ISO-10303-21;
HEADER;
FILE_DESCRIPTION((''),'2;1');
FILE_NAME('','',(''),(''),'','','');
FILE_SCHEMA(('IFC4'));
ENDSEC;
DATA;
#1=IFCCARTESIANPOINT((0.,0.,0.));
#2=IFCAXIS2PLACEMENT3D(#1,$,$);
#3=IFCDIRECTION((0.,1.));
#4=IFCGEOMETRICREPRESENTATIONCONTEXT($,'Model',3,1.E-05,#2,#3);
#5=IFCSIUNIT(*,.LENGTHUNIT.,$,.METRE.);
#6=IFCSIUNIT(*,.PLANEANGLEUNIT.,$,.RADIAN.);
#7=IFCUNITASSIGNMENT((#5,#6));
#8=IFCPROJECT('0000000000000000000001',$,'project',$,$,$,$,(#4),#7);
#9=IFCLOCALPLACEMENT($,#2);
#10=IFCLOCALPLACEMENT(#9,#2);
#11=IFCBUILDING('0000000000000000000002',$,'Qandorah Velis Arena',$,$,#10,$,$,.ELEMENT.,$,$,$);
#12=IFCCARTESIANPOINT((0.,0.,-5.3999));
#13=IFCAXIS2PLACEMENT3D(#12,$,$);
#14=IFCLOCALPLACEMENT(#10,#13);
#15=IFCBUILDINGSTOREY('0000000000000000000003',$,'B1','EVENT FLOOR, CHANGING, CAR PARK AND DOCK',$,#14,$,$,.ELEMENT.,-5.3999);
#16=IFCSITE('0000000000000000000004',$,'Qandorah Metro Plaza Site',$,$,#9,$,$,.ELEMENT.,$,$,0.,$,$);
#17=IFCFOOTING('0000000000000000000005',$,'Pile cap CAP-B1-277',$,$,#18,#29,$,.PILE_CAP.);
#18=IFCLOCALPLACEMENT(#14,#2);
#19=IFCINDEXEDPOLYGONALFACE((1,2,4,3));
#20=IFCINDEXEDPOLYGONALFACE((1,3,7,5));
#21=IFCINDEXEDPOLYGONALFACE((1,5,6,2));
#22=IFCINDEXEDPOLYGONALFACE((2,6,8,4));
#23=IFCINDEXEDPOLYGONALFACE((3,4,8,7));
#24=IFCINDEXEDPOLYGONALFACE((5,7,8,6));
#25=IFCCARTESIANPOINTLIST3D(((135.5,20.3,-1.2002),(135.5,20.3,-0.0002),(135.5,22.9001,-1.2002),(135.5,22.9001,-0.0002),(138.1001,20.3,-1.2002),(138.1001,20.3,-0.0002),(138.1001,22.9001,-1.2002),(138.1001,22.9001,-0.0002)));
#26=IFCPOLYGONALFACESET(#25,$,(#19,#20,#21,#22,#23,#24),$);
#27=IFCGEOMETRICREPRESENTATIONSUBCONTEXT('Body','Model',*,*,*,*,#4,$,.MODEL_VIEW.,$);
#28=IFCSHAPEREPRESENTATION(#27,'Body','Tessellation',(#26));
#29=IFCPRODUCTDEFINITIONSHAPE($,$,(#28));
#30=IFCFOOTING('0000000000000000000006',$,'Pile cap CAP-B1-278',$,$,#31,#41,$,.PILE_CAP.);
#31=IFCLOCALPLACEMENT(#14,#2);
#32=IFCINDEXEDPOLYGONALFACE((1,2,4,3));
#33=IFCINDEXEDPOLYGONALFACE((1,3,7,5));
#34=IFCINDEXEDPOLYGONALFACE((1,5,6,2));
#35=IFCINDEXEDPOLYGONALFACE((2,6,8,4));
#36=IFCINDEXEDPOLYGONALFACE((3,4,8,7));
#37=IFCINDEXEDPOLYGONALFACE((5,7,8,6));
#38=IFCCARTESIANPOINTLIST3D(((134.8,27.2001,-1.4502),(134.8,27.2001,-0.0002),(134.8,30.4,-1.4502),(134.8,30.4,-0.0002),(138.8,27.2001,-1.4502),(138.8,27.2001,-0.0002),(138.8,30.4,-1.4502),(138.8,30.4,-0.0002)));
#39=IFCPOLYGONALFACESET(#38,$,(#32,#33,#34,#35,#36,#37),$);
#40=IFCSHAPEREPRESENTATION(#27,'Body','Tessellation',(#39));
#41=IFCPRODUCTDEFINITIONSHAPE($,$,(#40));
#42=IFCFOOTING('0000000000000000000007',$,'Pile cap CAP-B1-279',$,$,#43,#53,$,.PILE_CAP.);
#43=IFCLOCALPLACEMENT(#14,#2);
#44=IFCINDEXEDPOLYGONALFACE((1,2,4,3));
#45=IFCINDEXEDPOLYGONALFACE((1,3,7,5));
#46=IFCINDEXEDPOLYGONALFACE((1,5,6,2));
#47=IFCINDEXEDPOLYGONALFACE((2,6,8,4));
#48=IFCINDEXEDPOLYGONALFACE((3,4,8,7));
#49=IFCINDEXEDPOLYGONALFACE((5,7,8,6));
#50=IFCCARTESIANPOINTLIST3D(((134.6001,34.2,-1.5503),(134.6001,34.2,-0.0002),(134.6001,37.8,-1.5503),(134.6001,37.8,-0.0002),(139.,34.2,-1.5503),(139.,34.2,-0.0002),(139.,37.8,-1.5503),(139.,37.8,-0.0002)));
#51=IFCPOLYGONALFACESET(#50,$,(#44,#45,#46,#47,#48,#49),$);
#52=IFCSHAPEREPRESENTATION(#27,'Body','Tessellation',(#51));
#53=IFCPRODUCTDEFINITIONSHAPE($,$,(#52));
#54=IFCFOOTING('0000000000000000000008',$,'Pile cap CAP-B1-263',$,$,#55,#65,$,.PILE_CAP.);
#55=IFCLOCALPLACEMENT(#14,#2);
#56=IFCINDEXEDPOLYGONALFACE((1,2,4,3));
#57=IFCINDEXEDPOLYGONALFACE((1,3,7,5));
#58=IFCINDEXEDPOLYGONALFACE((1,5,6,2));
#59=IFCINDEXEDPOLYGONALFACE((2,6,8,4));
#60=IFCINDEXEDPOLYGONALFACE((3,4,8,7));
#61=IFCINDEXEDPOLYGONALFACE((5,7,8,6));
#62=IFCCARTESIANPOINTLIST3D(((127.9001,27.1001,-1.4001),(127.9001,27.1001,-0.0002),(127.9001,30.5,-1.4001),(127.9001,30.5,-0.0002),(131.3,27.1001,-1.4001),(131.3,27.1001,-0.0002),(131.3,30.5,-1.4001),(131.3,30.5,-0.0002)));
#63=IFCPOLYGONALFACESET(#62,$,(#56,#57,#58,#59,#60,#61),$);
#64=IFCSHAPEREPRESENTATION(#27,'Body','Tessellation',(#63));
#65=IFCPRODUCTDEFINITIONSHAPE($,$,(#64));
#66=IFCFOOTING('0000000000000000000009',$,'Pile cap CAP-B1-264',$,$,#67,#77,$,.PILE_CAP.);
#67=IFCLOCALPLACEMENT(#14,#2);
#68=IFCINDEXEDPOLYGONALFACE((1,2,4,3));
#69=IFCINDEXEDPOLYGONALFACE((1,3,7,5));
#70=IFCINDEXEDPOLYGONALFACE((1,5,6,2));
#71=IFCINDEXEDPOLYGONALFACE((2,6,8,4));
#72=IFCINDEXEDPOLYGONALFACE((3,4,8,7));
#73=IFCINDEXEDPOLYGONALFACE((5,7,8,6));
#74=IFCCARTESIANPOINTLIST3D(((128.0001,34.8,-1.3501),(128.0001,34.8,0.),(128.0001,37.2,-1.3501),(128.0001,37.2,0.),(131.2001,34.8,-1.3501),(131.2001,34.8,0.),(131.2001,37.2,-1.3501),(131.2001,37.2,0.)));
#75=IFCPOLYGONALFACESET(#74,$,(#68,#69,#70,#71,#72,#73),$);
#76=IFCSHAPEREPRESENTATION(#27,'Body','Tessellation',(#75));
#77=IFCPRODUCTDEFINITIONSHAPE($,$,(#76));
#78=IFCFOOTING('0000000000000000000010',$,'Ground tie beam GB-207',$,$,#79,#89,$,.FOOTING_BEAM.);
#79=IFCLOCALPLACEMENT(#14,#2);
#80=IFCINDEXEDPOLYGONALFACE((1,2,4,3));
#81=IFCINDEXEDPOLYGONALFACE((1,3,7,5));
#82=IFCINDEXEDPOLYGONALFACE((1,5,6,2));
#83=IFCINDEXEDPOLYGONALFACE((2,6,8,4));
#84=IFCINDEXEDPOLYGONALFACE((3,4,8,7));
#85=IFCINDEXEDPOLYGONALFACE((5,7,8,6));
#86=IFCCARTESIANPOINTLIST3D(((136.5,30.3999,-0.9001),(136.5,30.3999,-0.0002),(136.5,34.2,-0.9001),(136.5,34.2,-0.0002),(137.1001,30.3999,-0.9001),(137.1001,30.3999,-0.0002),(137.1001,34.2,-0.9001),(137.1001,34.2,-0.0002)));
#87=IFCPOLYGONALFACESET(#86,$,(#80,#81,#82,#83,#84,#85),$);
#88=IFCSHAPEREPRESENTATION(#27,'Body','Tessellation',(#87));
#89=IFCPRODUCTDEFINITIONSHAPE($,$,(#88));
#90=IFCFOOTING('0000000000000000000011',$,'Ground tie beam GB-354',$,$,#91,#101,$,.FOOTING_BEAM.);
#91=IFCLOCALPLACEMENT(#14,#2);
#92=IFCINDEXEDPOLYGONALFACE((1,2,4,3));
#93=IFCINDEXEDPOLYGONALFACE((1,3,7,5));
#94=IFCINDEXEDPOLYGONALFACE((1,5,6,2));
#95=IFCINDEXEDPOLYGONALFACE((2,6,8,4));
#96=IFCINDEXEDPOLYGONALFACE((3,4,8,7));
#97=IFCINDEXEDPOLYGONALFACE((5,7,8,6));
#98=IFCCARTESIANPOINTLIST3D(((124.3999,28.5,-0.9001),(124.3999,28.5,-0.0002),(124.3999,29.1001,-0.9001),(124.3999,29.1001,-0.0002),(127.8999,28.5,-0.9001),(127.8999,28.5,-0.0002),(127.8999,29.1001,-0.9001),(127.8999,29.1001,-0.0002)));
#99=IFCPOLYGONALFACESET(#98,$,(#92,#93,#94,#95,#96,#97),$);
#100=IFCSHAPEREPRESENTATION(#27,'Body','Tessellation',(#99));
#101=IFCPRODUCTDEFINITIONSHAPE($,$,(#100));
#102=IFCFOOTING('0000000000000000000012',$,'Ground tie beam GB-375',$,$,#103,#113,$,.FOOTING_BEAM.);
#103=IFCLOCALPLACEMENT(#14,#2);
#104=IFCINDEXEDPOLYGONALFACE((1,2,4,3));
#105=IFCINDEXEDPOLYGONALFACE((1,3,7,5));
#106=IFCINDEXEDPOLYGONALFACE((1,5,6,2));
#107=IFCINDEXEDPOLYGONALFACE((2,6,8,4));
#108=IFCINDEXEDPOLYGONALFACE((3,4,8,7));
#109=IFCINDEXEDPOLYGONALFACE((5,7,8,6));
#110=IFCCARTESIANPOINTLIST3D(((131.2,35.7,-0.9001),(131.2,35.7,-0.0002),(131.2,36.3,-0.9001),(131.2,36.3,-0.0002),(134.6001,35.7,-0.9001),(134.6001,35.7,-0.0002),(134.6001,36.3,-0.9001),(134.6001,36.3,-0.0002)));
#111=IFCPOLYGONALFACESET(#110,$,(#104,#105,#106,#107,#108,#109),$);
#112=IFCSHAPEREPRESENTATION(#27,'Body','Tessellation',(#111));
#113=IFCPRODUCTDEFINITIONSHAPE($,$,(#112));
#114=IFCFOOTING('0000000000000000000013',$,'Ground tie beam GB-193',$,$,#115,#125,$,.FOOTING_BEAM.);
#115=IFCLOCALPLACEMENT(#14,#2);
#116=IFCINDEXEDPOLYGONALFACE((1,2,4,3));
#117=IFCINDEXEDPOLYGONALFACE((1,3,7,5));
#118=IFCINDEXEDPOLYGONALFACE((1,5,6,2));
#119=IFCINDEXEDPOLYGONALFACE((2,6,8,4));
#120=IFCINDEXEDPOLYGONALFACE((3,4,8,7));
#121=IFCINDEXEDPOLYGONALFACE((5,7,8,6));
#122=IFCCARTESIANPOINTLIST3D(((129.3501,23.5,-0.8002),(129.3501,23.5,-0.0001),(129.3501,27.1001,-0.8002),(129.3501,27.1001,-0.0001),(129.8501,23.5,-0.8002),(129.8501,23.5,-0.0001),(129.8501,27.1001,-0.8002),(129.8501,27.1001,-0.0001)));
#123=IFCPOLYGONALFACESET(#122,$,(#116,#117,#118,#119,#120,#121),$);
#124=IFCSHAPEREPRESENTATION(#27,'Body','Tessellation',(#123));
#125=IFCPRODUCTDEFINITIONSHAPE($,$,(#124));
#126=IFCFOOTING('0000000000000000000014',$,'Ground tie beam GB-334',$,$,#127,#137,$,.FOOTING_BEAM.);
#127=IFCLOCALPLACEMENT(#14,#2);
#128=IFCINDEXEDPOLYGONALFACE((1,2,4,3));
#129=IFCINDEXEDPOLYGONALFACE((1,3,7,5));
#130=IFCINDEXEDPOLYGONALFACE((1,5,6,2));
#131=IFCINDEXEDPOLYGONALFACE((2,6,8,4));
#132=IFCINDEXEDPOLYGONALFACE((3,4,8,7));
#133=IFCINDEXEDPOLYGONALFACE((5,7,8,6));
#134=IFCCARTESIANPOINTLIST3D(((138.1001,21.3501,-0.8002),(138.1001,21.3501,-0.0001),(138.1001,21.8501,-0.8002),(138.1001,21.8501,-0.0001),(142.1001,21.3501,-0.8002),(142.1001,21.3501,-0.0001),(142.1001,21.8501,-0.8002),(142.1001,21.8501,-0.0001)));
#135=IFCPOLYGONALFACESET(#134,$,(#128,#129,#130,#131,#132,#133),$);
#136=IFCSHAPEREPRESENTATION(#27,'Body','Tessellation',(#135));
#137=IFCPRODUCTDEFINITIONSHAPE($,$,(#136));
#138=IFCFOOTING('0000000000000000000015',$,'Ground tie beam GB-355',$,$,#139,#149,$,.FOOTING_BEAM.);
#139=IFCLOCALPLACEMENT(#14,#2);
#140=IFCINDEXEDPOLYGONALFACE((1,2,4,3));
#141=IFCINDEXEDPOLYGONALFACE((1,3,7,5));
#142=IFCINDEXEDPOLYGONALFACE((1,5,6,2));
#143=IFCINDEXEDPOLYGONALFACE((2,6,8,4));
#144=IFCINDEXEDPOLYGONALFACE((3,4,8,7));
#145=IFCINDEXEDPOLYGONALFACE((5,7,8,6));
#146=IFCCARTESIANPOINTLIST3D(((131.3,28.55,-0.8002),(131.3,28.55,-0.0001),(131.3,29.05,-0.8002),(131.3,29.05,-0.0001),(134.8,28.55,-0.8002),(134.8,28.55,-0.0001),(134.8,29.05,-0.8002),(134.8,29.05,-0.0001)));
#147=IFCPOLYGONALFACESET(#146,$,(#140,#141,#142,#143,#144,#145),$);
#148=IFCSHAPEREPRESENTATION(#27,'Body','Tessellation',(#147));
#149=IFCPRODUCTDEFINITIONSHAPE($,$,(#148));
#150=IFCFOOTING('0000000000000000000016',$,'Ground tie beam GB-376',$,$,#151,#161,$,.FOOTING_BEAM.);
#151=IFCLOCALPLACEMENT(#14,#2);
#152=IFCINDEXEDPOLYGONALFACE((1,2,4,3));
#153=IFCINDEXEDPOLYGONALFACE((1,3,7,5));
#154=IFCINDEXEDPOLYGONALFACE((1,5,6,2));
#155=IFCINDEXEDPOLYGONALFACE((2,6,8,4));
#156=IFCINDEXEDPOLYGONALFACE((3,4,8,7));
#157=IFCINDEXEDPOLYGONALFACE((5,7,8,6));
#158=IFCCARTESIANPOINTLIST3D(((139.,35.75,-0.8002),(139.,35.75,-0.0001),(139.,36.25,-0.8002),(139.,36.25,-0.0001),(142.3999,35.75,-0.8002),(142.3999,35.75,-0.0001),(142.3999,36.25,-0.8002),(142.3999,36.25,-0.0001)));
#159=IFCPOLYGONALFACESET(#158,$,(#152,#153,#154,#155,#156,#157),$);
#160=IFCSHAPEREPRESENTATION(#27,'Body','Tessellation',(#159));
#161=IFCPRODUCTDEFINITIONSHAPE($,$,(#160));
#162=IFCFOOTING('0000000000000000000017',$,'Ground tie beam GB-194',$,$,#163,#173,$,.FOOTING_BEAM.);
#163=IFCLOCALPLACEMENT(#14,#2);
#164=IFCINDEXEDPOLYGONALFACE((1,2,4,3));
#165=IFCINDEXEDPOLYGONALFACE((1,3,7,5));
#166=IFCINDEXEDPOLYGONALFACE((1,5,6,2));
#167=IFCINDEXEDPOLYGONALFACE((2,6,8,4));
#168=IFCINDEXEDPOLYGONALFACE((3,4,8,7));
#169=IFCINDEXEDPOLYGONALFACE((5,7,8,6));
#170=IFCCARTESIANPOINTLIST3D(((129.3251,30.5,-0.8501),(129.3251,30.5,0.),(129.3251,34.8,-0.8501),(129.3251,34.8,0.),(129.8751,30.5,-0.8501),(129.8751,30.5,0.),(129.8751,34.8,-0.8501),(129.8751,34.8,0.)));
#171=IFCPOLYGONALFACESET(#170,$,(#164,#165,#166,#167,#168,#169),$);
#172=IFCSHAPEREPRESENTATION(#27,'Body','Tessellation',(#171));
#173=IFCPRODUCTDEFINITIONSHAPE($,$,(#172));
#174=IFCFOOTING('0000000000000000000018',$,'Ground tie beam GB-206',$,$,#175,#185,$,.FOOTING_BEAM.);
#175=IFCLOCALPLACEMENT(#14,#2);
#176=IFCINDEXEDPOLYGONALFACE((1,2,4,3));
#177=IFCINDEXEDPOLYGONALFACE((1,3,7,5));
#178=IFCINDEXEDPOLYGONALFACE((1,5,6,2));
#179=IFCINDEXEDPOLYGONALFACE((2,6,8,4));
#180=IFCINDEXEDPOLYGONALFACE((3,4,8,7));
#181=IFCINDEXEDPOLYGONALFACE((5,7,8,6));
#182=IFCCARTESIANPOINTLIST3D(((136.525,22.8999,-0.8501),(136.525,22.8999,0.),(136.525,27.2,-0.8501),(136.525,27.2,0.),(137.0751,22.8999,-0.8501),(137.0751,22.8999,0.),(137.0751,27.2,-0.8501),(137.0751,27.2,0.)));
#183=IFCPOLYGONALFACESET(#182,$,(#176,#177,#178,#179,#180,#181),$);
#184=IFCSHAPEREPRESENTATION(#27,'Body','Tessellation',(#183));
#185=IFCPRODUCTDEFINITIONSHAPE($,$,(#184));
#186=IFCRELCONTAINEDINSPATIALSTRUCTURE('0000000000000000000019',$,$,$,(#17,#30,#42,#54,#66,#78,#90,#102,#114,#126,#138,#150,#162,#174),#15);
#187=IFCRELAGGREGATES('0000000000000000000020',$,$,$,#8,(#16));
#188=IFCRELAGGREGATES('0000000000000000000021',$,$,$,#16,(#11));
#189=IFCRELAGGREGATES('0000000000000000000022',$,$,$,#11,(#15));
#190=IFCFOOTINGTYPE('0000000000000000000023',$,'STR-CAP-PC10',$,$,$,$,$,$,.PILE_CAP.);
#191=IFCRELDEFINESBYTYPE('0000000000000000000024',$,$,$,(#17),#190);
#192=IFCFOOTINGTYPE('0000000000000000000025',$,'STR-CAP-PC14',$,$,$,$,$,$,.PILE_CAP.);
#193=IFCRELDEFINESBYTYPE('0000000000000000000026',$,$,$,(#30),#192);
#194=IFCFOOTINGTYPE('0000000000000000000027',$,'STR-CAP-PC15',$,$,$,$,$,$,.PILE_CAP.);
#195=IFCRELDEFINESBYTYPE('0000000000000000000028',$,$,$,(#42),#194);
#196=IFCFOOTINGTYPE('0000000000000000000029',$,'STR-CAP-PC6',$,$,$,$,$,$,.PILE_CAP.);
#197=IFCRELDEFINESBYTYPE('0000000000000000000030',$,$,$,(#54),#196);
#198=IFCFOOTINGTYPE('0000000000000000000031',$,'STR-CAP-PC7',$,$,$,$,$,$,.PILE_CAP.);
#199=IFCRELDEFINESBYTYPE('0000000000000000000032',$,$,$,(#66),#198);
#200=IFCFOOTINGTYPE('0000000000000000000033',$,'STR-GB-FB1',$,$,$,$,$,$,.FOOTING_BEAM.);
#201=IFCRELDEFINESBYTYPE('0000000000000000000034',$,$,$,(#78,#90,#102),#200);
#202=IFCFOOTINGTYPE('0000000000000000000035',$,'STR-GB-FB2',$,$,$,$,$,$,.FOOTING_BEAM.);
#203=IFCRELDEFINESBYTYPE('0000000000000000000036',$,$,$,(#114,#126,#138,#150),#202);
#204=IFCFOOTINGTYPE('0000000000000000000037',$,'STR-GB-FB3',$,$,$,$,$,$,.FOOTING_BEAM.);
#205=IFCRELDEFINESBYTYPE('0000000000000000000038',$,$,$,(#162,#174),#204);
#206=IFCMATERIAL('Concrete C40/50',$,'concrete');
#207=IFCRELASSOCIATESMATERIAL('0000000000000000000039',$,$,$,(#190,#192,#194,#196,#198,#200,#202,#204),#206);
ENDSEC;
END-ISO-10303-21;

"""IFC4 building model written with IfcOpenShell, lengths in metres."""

from ifc_helpers import new_model, si_unit, direction, frame, origin, origin_2d, place, context, subcontext, project, spatial, rectangle, extrude, material, material_profile, profile_set, type_object, element, save


model = new_model("IFC4")

# Units and contexts
model_context = context("Model", 3, precision=1e-05, world=origin(), true_north=direction((0.0, 1.0)))
body_context = subcontext(model_context, "Body", "Model", "MODEL_VIEW")
ifc_project = project(units=[si_unit("LENGTHUNIT", "METRE"), si_unit("PLANEANGLEUNIT", "RADIAN")], contexts=[model_context])

# Site, building, storey
site_placement = place(None, origin())
site = spatial("IfcSite", under=ifc_project, at=site_placement, Name="Qandorah Metro Plaza Site", CompositionType="ELEMENT", RefElevation=0.0)
building_placement = place(site_placement, origin())
building = spatial("IfcBuilding", under=site, at=building_placement, Name="Qandorah Velis Arena", CompositionType="ELEMENT")
storey_placement = place(building_placement, frame((0.0, 0.0, -5.3999)))
storey = spatial("IfcBuildingStorey", under=building, at=storey_placement, Name="B1", Description="EVENT FLOOR, CHANGING, CAR PARK AND DOCK", CompositionType="ELEMENT", Elevation=-5.3999)

# Footings
ifc_material_1 = material(Name="Concrete C40/50", Category="concrete")
footing_type_1 = type_object("IfcFootingType", Name="STR-CAP-PC10", PredefinedType="PILE_CAP", material=ifc_material_1)
footing_1_placement = place(storey_placement, frame((136.8, 21.6001, -1.2002), z_axis=(0.0, 0.0, 1.0), x_axis=(1.0, 0.0, 0.0)))
element("IfcFooting", 1, at=footing_1_placement, inside=storey, type_object=footing_type_1, Name="Pile cap CAP-B1-277", PredefinedType="PILE_CAP", context=body_context, shape_type="SweptSolid", body=[
    extrude(rectangle(XDim=2.6001, YDim=2.6001, at=origin_2d()), origin(), (0.0, 0.0, 1.0), 1.2),
])
footing_type_2 = type_object("IfcFootingType", Name="STR-CAP-PC14", PredefinedType="PILE_CAP", material=ifc_material_1)
footing_2_placement = place(storey_placement, frame((136.8, 28.8, -1.4502), z_axis=(0.0, 0.0, 1.0), x_axis=(1.0, 0.0, 0.0)))
element("IfcFooting", 2, at=footing_2_placement, inside=storey, type_object=footing_type_2, Name="Pile cap CAP-B1-278", PredefinedType="PILE_CAP", context=body_context, shape_type="SweptSolid", body=[
    extrude(rectangle(XDim=4.0, YDim=3.2, at=origin_2d()), origin(), (0.0, 0.0, 1.0), 1.45),
])
footing_type_3 = type_object("IfcFootingType", Name="STR-CAP-PC15", PredefinedType="PILE_CAP", material=ifc_material_1)
footing_3_placement = place(storey_placement, frame((136.8, 36.0, -1.5503), z_axis=(0.0, 0.0, 1.0), x_axis=(1.0, 0.0, 0.0)))
element("IfcFooting", 3, at=footing_3_placement, inside=storey, type_object=footing_type_3, Name="Pile cap CAP-B1-279", PredefinedType="PILE_CAP", context=body_context, shape_type="SweptSolid", body=[
    extrude(rectangle(XDim=4.3999, YDim=3.6001, at=origin_2d()), origin(), (0.0, 0.0, 1.0), 1.55),
])
footing_type_4 = type_object("IfcFootingType", Name="STR-CAP-PC6", PredefinedType="PILE_CAP", material=ifc_material_1)
footing_4_placement = place(storey_placement, frame((129.6001, 28.8, -1.4001), z_axis=(0.0, 0.0, 1.0), x_axis=(1.0, 0.0, 0.0)))
element("IfcFooting", 4, at=footing_4_placement, inside=storey, type_object=footing_type_4, Name="Pile cap CAP-B1-263", PredefinedType="PILE_CAP", context=body_context, shape_type="SweptSolid", body=[
    extrude(rectangle(XDim=3.3999, YDim=3.3999, at=origin_2d()), origin(), (0.0, 0.0, 1.0), 1.3999),
])
footing_type_5 = type_object("IfcFootingType", Name="STR-CAP-PC7", PredefinedType="PILE_CAP", material=ifc_material_1)
footing_5_placement = place(storey_placement, frame((129.6001, 36.0, -1.3501), z_axis=(0.0, 0.0, 1.0), x_axis=(1.0, 0.0, 0.0)))
element("IfcFooting", 5, at=footing_5_placement, inside=storey, type_object=footing_type_5, Name="Pile cap CAP-B1-264", PredefinedType="PILE_CAP", context=body_context, shape_type="SweptSolid", body=[
    extrude(rectangle(XDim=3.2, YDim=2.3999, at=origin_2d()), origin(), (0.0, 0.0, 1.0), 1.3501),
])
ifc_material_profile_1 = material_profile(ifc_material_1, rectangle(XDim=0.6001, YDim=0.8999, at=origin_2d()), Name="GB1 600x900")
ifc_profile_set_1 = profile_set([ifc_material_profile_1], Name="Concrete C40/50")
footing_type_6 = type_object("IfcFootingType", Name="STR-GB-FB1", PredefinedType="FOOTING_BEAM", material=ifc_profile_set_1)
footing_6_placement = place(storey_placement, frame((136.8, 30.3999, -0.4502), z_axis=(0.0, 1.0, 0.0), x_axis=(-1.0, 0.0, 0.0)))
element("IfcFooting", 6, at=footing_6_placement, inside=storey, type_object=footing_type_6, Name="Ground tie beam GB-207", PredefinedType="FOOTING_BEAM", context=body_context, shape_type="SweptSolid", body=[
    extrude(rectangle(XDim=0.6001, YDim=0.8999, at=origin_2d()), origin(), (0.0, 0.0, 1.0), 3.8),
])
footing_7_placement = place(storey_placement, frame((124.3999, 28.8, -0.4502), z_axis=(1.0, 0.0, 0.0), x_axis=(0.0, 1.0, 0.0)))
element("IfcFooting", 7, at=footing_7_placement, inside=storey, type_object=footing_type_6, Name="Ground tie beam GB-354", PredefinedType="FOOTING_BEAM", context=body_context, shape_type="SweptSolid", body=[
    extrude(rectangle(XDim=0.6001, YDim=0.8999, at=origin_2d()), origin(), (0.0, 0.0, 1.0), 3.5),
])
footing_8_placement = place(storey_placement, frame((131.2, 36.0, -0.4502), z_axis=(1.0, 0.0, 0.0), x_axis=(0.0, 1.0, 0.0)))
element("IfcFooting", 8, at=footing_8_placement, inside=storey, type_object=footing_type_6, Name="Ground tie beam GB-375", PredefinedType="FOOTING_BEAM", context=body_context, shape_type="SweptSolid", body=[
    extrude(rectangle(XDim=0.6001, YDim=0.8999, at=origin_2d()), origin(), (0.0, 0.0, 1.0), 3.4001),
])
ifc_material_profile_2 = material_profile(ifc_material_1, rectangle(XDim=0.5, YDim=0.8, at=origin_2d()), Name="GB2 500x800")
ifc_profile_set_2 = profile_set([ifc_material_profile_2], Name="Concrete C40/50")
footing_type_7 = type_object("IfcFootingType", Name="STR-GB-FB2", PredefinedType="FOOTING_BEAM", material=ifc_profile_set_2)
footing_9_placement = place(storey_placement, frame((129.6001, 23.5, -0.4001), z_axis=(0.0, 1.0, 0.0), x_axis=(-1.0, 0.0, 0.0)))
element("IfcFooting", 9, at=footing_9_placement, inside=storey, type_object=footing_type_7, Name="Ground tie beam GB-193", PredefinedType="FOOTING_BEAM", context=body_context, shape_type="SweptSolid", body=[
    extrude(rectangle(XDim=0.5, YDim=0.8, at=origin_2d()), origin(), (0.0, 0.0, 1.0), 3.6001),
])
footing_10_placement = place(storey_placement, frame((138.1001, 21.6001, -0.4001), z_axis=(1.0, 0.0, 0.0), x_axis=(0.0, 1.0, 0.0)))
element("IfcFooting", 10, at=footing_10_placement, inside=storey, type_object=footing_type_7, Name="Ground tie beam GB-334", PredefinedType="FOOTING_BEAM", context=body_context, shape_type="SweptSolid", body=[
    extrude(rectangle(XDim=0.5, YDim=0.8, at=origin_2d()), origin(), (0.0, 0.0, 1.0), 4.0),
])
footing_11_placement = place(storey_placement, frame((131.3, 28.8, -0.4001), z_axis=(1.0, 0.0, 0.0), x_axis=(0.0, 1.0, 0.0)))
element("IfcFooting", 11, at=footing_11_placement, inside=storey, type_object=footing_type_7, Name="Ground tie beam GB-355", PredefinedType="FOOTING_BEAM", context=body_context, shape_type="SweptSolid", body=[
    extrude(rectangle(XDim=0.5, YDim=0.8, at=origin_2d()), origin(), (0.0, 0.0, 1.0), 3.5),
])
footing_12_placement = place(storey_placement, frame((139.0, 36.0, -0.4001), z_axis=(1.0, 0.0, 0.0), x_axis=(0.0, 1.0, 0.0)))
element("IfcFooting", 12, at=footing_12_placement, inside=storey, type_object=footing_type_7, Name="Ground tie beam GB-376", PredefinedType="FOOTING_BEAM", context=body_context, shape_type="SweptSolid", body=[
    extrude(rectangle(XDim=0.5, YDim=0.8, at=origin_2d()), origin(), (0.0, 0.0, 1.0), 3.3999),
])
ifc_material_profile_3 = material_profile(ifc_material_1, rectangle(XDim=0.55, YDim=0.8501, at=origin_2d()), Name="GB3 550x850")
ifc_profile_set_3 = profile_set([ifc_material_profile_3], Name="Concrete C40/50")
footing_type_8 = type_object("IfcFootingType", Name="STR-GB-FB3", PredefinedType="FOOTING_BEAM", material=ifc_profile_set_3)
for number, where, z_axis, x_axis, name in (
    (13, (129.6001, 30.5, -0.425), (0.0, 1.0, 0.0), (-1.0, 0.0, 0.0), "Ground tie beam GB-194"),
    (14, (136.8, 22.8999, -0.425), (0.0, 1.0, 0.0), (-1.0, 0.0, 0.0), "Ground tie beam GB-206"),
):
    element("IfcFooting", number, at=place(storey_placement, frame(where, z_axis=z_axis, x_axis=x_axis)), inside=storey, type_object=footing_type_8, Name=name, PredefinedType="FOOTING_BEAM", context=body_context, shape_type="SweptSolid", body=[
        extrude(rectangle(XDim=0.55, YDim=0.8501, at=origin_2d()), origin(), (0.0, 0.0, 1.0), 4.3),
    ])

save(model, "model.ifc")
